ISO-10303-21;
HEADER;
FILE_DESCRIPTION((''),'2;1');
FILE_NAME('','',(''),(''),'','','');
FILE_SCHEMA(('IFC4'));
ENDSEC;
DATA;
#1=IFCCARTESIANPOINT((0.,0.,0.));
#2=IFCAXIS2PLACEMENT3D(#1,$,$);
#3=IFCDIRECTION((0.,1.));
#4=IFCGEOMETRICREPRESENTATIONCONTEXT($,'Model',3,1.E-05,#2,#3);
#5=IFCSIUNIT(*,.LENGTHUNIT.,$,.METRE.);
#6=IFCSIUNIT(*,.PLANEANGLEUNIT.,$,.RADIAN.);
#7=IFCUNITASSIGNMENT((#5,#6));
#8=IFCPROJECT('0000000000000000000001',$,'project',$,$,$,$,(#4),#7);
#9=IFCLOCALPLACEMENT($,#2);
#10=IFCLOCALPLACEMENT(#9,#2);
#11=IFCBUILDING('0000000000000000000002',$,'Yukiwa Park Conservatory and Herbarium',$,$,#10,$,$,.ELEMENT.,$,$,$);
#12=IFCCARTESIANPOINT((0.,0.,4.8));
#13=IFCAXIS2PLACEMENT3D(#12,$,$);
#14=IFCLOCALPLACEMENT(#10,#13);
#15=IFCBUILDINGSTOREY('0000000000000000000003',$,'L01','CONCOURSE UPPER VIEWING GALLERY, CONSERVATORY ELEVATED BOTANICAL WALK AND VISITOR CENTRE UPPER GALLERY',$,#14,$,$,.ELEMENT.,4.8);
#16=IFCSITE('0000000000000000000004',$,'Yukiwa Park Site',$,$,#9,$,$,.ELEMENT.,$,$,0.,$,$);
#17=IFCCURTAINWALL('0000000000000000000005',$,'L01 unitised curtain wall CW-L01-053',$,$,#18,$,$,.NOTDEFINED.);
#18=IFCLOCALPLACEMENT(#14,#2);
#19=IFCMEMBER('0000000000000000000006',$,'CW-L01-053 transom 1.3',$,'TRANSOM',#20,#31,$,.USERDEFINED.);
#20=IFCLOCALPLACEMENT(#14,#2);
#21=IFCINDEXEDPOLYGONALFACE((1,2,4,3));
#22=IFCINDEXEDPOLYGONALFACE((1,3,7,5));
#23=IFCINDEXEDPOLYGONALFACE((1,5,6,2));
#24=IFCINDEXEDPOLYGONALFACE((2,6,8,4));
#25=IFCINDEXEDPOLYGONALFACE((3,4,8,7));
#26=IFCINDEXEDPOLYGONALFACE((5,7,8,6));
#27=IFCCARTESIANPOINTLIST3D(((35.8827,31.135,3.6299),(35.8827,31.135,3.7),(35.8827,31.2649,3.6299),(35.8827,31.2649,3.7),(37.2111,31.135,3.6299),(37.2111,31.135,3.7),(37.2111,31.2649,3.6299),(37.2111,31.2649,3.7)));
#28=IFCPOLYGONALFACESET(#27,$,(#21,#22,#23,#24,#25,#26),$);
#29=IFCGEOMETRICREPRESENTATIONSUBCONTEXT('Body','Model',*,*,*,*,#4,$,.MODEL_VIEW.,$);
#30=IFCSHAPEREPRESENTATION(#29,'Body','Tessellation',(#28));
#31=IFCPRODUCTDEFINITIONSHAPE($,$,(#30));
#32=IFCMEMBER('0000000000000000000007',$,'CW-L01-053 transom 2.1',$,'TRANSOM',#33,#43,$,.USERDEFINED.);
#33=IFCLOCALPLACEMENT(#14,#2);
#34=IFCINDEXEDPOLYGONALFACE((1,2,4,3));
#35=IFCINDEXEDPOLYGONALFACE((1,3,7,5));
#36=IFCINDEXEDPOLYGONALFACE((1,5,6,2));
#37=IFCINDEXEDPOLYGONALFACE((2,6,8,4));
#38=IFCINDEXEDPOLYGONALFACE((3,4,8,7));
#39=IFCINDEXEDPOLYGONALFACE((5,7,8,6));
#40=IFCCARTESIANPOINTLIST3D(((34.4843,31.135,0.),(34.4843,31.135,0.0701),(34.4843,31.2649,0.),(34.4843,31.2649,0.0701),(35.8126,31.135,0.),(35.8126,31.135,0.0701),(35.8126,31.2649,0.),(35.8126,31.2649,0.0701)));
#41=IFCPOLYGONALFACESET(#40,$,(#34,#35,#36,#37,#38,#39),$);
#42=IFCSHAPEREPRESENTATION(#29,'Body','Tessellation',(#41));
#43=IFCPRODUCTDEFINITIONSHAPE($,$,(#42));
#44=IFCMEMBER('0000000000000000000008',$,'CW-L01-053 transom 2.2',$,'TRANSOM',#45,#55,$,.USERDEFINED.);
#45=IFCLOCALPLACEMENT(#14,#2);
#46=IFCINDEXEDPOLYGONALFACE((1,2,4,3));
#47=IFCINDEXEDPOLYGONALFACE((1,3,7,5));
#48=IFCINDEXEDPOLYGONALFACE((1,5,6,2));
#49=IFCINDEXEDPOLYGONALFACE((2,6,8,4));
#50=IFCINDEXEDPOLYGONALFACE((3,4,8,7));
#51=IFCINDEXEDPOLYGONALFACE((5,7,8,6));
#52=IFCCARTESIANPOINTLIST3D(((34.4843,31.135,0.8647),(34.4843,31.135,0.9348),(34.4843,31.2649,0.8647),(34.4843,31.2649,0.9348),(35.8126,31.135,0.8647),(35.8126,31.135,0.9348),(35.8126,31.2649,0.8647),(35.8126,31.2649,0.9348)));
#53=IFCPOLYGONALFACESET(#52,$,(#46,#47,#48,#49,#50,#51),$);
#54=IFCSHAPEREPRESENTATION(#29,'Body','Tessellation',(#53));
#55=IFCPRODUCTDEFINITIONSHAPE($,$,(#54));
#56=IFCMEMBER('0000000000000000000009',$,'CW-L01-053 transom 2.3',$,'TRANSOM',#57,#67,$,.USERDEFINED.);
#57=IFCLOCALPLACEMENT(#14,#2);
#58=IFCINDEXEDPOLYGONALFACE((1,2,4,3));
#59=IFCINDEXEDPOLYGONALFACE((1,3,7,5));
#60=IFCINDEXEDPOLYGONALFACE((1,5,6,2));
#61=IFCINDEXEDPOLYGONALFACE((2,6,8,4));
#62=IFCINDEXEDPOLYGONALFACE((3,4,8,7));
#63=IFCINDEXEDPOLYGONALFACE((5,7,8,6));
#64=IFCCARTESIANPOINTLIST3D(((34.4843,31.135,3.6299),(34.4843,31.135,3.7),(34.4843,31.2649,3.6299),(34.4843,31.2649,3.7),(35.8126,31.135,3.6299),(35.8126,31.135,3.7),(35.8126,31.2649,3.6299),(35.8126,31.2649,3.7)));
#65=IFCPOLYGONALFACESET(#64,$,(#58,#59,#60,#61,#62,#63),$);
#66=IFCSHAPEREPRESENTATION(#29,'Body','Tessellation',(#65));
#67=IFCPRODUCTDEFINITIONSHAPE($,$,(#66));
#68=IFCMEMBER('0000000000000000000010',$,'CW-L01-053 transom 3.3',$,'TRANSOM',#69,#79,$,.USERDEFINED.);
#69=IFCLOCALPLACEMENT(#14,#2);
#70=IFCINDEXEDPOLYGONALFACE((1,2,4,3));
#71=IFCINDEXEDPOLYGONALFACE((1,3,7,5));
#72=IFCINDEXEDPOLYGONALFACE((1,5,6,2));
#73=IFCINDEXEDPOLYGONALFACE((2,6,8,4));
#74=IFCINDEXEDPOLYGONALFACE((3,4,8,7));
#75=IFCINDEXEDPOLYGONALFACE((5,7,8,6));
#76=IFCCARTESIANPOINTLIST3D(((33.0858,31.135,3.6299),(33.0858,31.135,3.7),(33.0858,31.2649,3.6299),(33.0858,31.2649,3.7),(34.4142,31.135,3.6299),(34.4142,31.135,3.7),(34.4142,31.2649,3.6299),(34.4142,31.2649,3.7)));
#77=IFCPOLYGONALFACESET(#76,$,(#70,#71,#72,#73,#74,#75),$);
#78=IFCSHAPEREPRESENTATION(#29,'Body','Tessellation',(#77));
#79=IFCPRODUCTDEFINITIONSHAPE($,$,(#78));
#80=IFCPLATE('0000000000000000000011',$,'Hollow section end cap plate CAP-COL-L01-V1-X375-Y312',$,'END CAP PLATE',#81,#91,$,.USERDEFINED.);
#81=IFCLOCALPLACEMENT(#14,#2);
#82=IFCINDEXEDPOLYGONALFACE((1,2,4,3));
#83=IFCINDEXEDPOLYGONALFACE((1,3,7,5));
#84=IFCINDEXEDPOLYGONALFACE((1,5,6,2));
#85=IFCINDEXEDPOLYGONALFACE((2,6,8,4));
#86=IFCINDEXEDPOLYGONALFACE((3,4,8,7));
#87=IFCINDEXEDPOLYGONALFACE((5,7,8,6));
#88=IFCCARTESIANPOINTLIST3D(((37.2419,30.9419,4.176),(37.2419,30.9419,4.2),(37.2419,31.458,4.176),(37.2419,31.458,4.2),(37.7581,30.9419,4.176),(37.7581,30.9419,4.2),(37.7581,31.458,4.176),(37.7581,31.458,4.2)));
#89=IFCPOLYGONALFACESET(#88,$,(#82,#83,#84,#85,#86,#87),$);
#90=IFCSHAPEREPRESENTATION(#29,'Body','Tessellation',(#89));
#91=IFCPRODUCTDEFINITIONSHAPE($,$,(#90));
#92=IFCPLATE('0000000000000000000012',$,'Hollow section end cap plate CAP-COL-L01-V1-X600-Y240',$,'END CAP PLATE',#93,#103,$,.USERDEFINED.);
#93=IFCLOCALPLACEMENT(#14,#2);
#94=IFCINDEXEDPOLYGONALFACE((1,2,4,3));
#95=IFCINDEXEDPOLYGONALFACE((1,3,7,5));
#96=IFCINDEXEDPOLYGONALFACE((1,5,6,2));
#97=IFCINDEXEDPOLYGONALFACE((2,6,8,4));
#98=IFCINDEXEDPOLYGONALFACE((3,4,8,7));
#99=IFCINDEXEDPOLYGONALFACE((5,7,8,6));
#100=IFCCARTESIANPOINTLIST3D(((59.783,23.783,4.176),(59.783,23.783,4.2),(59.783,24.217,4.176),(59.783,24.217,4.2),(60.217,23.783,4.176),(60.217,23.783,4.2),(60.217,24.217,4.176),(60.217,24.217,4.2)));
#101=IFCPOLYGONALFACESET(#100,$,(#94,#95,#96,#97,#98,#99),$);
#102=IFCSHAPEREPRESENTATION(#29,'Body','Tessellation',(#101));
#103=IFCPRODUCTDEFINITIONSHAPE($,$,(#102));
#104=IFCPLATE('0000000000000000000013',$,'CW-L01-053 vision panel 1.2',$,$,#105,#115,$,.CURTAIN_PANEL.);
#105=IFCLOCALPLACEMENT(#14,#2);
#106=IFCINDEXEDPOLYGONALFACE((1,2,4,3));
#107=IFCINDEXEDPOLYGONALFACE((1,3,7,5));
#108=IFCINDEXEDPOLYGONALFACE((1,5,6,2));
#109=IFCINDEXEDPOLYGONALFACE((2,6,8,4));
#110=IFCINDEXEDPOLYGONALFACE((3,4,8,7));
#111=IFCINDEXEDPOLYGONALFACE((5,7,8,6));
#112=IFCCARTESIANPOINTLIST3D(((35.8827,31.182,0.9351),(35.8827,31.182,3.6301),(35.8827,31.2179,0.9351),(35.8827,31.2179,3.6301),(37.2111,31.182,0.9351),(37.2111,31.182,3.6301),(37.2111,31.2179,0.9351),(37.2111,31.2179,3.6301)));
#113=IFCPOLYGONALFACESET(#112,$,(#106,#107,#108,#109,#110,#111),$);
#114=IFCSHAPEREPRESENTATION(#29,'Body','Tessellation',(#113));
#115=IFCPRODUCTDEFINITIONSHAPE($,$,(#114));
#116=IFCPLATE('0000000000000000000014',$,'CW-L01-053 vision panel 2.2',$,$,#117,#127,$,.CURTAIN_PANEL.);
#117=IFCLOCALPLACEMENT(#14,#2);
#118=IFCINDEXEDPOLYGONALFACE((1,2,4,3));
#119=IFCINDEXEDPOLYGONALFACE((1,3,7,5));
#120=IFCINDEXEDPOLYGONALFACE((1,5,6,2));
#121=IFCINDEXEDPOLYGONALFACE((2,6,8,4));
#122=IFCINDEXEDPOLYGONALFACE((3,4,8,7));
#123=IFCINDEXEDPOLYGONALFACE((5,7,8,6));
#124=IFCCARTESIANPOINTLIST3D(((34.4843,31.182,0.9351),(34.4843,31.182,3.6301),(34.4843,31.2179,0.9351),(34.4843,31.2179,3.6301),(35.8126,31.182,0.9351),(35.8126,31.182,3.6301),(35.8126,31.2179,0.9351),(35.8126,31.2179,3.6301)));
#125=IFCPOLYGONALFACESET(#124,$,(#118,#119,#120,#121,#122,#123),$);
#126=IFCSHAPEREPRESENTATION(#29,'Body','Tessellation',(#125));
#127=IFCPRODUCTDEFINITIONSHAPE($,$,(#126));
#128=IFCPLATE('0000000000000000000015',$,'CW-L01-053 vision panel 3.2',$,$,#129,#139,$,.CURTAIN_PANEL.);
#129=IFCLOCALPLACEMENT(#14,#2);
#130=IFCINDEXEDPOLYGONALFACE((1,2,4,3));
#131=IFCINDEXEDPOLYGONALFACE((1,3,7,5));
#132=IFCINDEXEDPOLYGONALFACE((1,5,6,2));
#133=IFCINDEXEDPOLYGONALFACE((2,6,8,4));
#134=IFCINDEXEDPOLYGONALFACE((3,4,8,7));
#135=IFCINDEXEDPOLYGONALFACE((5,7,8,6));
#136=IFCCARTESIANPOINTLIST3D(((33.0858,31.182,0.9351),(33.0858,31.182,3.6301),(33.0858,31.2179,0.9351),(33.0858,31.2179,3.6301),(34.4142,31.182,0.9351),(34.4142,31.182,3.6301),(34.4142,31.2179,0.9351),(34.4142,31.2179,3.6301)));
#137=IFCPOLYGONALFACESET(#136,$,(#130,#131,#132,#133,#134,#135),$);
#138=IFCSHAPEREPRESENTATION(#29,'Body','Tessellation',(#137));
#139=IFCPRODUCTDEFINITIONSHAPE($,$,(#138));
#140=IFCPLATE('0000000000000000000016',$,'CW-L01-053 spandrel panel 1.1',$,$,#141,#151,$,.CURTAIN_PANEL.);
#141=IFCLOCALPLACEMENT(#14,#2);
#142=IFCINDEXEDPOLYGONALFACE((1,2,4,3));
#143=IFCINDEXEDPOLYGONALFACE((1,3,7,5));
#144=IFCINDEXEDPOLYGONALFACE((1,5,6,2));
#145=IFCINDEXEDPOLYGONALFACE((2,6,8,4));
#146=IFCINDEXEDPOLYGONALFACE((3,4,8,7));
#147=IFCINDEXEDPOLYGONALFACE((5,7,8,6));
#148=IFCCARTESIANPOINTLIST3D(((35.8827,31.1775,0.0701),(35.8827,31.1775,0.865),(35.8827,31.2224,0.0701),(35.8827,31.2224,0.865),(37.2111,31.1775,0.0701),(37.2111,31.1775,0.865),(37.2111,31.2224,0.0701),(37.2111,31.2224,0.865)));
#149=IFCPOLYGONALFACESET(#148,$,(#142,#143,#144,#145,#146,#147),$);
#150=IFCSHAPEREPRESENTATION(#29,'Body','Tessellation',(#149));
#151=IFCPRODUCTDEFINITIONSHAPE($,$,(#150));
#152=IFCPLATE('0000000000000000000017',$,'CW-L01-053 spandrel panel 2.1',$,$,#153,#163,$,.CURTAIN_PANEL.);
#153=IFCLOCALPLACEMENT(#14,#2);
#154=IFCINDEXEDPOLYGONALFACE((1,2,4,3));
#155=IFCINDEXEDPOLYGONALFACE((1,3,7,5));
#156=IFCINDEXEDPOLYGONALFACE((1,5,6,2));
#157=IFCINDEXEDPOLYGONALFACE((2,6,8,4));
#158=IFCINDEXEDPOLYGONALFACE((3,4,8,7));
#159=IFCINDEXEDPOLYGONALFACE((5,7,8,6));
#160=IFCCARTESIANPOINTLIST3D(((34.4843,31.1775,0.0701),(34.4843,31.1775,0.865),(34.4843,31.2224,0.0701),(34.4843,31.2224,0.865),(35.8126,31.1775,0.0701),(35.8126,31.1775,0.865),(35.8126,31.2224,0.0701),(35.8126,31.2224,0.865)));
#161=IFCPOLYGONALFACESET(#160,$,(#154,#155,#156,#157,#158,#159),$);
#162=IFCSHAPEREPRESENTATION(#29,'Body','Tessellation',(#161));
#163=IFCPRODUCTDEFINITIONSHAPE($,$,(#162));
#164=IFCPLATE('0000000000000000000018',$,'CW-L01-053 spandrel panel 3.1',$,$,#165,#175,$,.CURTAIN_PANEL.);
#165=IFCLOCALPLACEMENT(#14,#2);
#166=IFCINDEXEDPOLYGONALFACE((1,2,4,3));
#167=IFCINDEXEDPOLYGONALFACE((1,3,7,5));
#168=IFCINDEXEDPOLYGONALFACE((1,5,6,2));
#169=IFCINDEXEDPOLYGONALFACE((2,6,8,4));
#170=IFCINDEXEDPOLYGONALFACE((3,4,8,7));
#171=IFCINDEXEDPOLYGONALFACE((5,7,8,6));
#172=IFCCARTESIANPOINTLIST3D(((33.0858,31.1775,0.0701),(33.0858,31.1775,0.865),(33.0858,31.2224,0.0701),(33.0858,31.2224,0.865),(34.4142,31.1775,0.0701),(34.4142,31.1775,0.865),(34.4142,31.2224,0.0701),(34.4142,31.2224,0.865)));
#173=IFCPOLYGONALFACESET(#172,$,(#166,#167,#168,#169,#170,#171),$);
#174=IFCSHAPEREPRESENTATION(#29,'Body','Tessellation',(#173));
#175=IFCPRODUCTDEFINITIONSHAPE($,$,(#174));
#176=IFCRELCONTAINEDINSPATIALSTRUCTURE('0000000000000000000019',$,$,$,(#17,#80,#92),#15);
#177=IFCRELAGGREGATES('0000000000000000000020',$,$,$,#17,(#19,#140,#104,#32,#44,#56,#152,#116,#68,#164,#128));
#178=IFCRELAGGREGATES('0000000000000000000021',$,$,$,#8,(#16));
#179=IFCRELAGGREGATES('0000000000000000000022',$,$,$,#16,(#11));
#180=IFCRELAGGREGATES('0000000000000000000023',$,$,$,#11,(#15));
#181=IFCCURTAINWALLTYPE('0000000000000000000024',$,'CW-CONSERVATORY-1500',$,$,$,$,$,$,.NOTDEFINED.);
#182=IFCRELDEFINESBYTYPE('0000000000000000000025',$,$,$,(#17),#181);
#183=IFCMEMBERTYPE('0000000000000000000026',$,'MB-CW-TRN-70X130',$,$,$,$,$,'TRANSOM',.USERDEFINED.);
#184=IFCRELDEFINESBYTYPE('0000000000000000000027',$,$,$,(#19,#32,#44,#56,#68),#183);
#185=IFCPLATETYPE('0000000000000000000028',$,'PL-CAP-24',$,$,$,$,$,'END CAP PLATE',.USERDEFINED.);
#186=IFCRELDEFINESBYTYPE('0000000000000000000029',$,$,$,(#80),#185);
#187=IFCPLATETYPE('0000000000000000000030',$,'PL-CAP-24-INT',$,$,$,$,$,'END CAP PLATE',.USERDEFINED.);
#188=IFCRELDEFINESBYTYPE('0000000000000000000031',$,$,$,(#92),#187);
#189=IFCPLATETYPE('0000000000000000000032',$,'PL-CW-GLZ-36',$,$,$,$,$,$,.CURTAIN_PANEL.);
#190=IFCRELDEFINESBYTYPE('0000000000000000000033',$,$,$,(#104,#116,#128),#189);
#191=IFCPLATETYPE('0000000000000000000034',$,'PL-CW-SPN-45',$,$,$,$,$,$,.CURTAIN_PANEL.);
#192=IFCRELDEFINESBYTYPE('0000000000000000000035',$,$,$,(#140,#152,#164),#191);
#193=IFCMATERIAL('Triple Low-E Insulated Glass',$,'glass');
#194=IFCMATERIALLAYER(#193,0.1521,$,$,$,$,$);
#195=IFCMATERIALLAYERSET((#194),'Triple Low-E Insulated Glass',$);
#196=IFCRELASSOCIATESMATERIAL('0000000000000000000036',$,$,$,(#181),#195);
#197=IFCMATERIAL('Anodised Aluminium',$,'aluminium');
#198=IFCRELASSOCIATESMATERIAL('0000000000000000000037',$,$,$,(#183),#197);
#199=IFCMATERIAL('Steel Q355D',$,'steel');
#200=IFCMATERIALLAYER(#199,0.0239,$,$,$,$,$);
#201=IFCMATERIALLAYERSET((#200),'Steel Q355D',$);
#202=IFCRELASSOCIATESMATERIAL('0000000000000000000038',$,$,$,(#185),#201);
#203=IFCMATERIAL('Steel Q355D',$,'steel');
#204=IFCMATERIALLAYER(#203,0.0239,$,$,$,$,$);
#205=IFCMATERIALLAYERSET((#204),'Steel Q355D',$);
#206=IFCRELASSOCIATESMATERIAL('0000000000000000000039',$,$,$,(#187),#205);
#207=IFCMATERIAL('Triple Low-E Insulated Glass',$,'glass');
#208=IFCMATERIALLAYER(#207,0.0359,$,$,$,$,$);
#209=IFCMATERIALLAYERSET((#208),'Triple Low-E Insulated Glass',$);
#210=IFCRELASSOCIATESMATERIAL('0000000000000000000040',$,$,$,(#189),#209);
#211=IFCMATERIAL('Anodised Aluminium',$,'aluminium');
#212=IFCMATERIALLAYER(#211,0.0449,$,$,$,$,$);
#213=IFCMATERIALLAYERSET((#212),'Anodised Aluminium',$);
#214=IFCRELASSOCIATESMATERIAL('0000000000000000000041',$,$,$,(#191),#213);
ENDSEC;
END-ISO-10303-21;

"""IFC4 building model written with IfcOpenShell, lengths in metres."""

from ifc_helpers import new_model, si_unit, direction, frame, origin, origin_2d, place, context, subcontext, project, spatial, rectangle, extrude, material, layer, layer_set, type_object, element, aggregate, save


model = new_model("IFC4")

# Units and contexts
model_context = context("Model", 3, precision=1e-05, world=origin(), true_north=direction((0.0, 1.0)))
body_context = subcontext(model_context, "Body", "Model", "MODEL_VIEW")
ifc_project = project(units=[si_unit("LENGTHUNIT", "METRE"), si_unit("PLANEANGLEUNIT", "RADIAN")], contexts=[model_context])

# Site, building, storey
site_placement = place(None, origin())
site = spatial("IfcSite", under=ifc_project, at=site_placement, Name="Yukiwa Park Site", CompositionType="ELEMENT", RefElevation=0.0)
building_placement = place(site_placement, origin())
building = spatial("IfcBuilding", under=site, at=building_placement, Name="Yukiwa Park Conservatory and Herbarium", CompositionType="ELEMENT")
storey_placement = place(building_placement, frame((0.0, 0.0, 4.8)))
storey = spatial("IfcBuildingStorey", under=building, at=storey_placement, Name="L01", Description="CONCOURSE UPPER VIEWING GALLERY, CONSERVATORY ELEVATED BOTANICAL WALK AND VISITOR CENTRE UPPER GALLERY", CompositionType="ELEMENT", Elevation=4.8)

# Shared definitions
ifc_material_1 = material(Name="Triple Low-E Insulated Glass", Category="glass")
ifc_layer_1 = layer(ifc_material_1, 0.1521)
ifc_layer_set_1 = layer_set([ifc_layer_1], Name="Triple Low-E Insulated Glass")
curtain_wall_type = type_object("IfcCurtainWallType", Name="CW-CONSERVATORY-1500", PredefinedType="NOTDEFINED", material=ifc_layer_set_1)

# Curtain wall
curtain_wall_1_placement = place(storey_placement, origin())
curtain_wall_1 = element("IfcCurtainWall", 1, at=curtain_wall_1_placement, inside=storey, type_object=curtain_wall_type, Name="L01 unitised curtain wall CW-L01-053", PredefinedType="NOTDEFINED")

# Members
ifc_material_2 = material(Name="Anodised Aluminium", Category="aluminium")
member_type_1 = type_object("IfcMemberType", Name="MB-CW-TRN-70X130", ElementType="TRANSOM", PredefinedType="USERDEFINED", material=ifc_material_2)
member_1_placement = place(storey_placement, frame((36.5469, 31.2, 3.6299), z_axis=(0.0, 0.0, 1.0), x_axis=(-1.0, 0.0, 0.0)))
member_1 = element("IfcMember", 2, at=member_1_placement, type_object=member_type_1, Name="CW-L01-053 transom 1.3", ObjectType="TRANSOM", PredefinedType="USERDEFINED", context=body_context, shape_type="SweptSolid", body=[
    extrude(rectangle(XDim=1.3284, YDim=0.1299, at=origin_2d()), origin(), (0.0, 0.0, 1.0), 0.0701),
])
member_2_placement = place(storey_placement, frame((35.1484, 31.2, 0.0), z_axis=(0.0, 0.0, 1.0), x_axis=(-1.0, 0.0, 0.0)))
member_2 = element("IfcMember", 3, at=member_2_placement, type_object=member_type_1, Name="CW-L01-053 transom 2.1", ObjectType="TRANSOM", PredefinedType="USERDEFINED", context=body_context, shape_type="SweptSolid", body=[
    extrude(rectangle(XDim=1.3284, YDim=0.1299, at=origin_2d()), origin(), (0.0, 0.0, 1.0), 0.0701),
])
member_3_placement = place(storey_placement, frame((35.1484, 31.2, 0.8647), z_axis=(0.0, 0.0, 1.0), x_axis=(-1.0, 0.0, 0.0)))
member_3 = element("IfcMember", 4, at=member_3_placement, type_object=member_type_1, Name="CW-L01-053 transom 2.2", ObjectType="TRANSOM", PredefinedType="USERDEFINED", context=body_context, shape_type="SweptSolid", body=[
    extrude(rectangle(XDim=1.3284, YDim=0.1299, at=origin_2d()), origin(), (0.0, 0.0, 1.0), 0.0701),
])
member_4_placement = place(storey_placement, frame((35.1484, 31.2, 3.6299), z_axis=(0.0, 0.0, 1.0), x_axis=(-1.0, 0.0, 0.0)))
member_4 = element("IfcMember", 5, at=member_4_placement, type_object=member_type_1, Name="CW-L01-053 transom 2.3", ObjectType="TRANSOM", PredefinedType="USERDEFINED", context=body_context, shape_type="SweptSolid", body=[
    extrude(rectangle(XDim=1.3284, YDim=0.1299, at=origin_2d()), origin(), (0.0, 0.0, 1.0), 0.0701),
])
member_5_placement = place(storey_placement, frame((33.75, 31.2, 3.6299), z_axis=(0.0, 0.0, 1.0), x_axis=(-1.0, 0.0, 0.0)))
member_5 = element("IfcMember", 6, at=member_5_placement, type_object=member_type_1, Name="CW-L01-053 transom 3.3", ObjectType="TRANSOM", PredefinedType="USERDEFINED", context=body_context, shape_type="SweptSolid", body=[
    extrude(rectangle(XDim=1.3284, YDim=0.1299, at=origin_2d()), origin(), (0.0, 0.0, 1.0), 0.0701),
])

# Plates
ifc_material_3 = material(Name="Steel Q355D", Category="steel")
ifc_layer_2 = layer(ifc_material_3, 0.0239)
ifc_layer_set_2 = layer_set([ifc_layer_2], Name="Steel Q355D")
plate_type_1 = type_object("IfcPlateType", Name="PL-CAP-24", ElementType="END CAP PLATE", PredefinedType="USERDEFINED", material=ifc_layer_set_2)
plate_1_placement = place(storey_placement, frame((37.5, 31.2, 4.176), z_axis=(0.0, 0.0, 1.0), x_axis=(1.0, 0.0, 0.0)))
element("IfcPlate", 7, at=plate_1_placement, inside=storey, type_object=plate_type_1, Name="Hollow section end cap plate CAP-COL-L01-V1-X375-Y312", ObjectType="END CAP PLATE", PredefinedType="USERDEFINED", context=body_context, shape_type="SweptSolid", body=[
    extrude(rectangle(XDim=0.5161, YDim=0.5161, at=origin_2d()), origin(), (0.0, 0.0, 1.0), 0.0239),
])
ifc_material_4 = material(Name="Steel Q355D", Category="steel")
ifc_layer_3 = layer(ifc_material_4, 0.0239)
ifc_layer_set_3 = layer_set([ifc_layer_3], Name="Steel Q355D")
plate_type_2 = type_object("IfcPlateType", Name="PL-CAP-24-INT", ElementType="END CAP PLATE", PredefinedType="USERDEFINED", material=ifc_layer_set_3)
plate_2_placement = place(storey_placement, frame((60.0, 24.0, 4.176), z_axis=(0.0, 0.0, 1.0), x_axis=(1.0, 0.0, 0.0)))
element("IfcPlate", 8, at=plate_2_placement, inside=storey, type_object=plate_type_2, Name="Hollow section end cap plate CAP-COL-L01-V1-X600-Y240", ObjectType="END CAP PLATE", PredefinedType="USERDEFINED", context=body_context, shape_type="SweptSolid", body=[
    extrude(rectangle(XDim=0.4341, YDim=0.4341, at=origin_2d()), origin(), (0.0, 0.0, 1.0), 0.0239),
])

# Plates
ifc_material_5 = material(Name="Triple Low-E Insulated Glass", Category="glass")
ifc_layer_4 = layer(ifc_material_5, 0.0359)
ifc_layer_set_4 = layer_set([ifc_layer_4], Name="Triple Low-E Insulated Glass")
plate_type_3 = type_object("IfcPlateType", Name="PL-CW-GLZ-36", PredefinedType="CURTAIN_PANEL", material=ifc_layer_set_4)
plate_3_placement = place(storey_placement, frame((36.5469, 31.2, 0.9351), z_axis=(0.0, 0.0, 1.0), x_axis=(-1.0, 0.0, 0.0)))
plate_3 = element("IfcPlate", 9, at=plate_3_placement, type_object=plate_type_3, Name="CW-L01-053 vision panel 1.2", PredefinedType="CURTAIN_PANEL", context=body_context, shape_type="SweptSolid", body=[
    extrude(rectangle(XDim=1.3284, YDim=0.0359, at=origin_2d()), origin(), (0.0, 0.0, 1.0), 2.6951),
])
plate_4_placement = place(storey_placement, frame((35.1484, 31.2, 0.9351), z_axis=(0.0, 0.0, 1.0), x_axis=(-1.0, 0.0, 0.0)))
plate_4 = element("IfcPlate", 10, at=plate_4_placement, type_object=plate_type_3, Name="CW-L01-053 vision panel 2.2", PredefinedType="CURTAIN_PANEL", context=body_context, shape_type="SweptSolid", body=[
    extrude(rectangle(XDim=1.3284, YDim=0.0359, at=origin_2d()), origin(), (0.0, 0.0, 1.0), 2.6951),
])
plate_5_placement = place(storey_placement, frame((33.75, 31.2, 0.9351), z_axis=(0.0, 0.0, 1.0), x_axis=(-1.0, 0.0, 0.0)))
plate_5 = element("IfcPlate", 11, at=plate_5_placement, type_object=plate_type_3, Name="CW-L01-053 vision panel 3.2", PredefinedType="CURTAIN_PANEL", context=body_context, shape_type="SweptSolid", body=[
    extrude(rectangle(XDim=1.3284, YDim=0.0359, at=origin_2d()), origin(), (0.0, 0.0, 1.0), 2.6951),
])
ifc_material_6 = material(Name="Anodised Aluminium", Category="aluminium")
ifc_layer_5 = layer(ifc_material_6, 0.0449)
ifc_layer_set_5 = layer_set([ifc_layer_5], Name="Anodised Aluminium")
plate_type_4 = type_object("IfcPlateType", Name="PL-CW-SPN-45", PredefinedType="CURTAIN_PANEL", material=ifc_layer_set_5)
plate_6_placement = place(storey_placement, frame((36.5469, 31.2, 0.0701), z_axis=(0.0, 0.0, 1.0), x_axis=(-1.0, 0.0, 0.0)))
plate_6 = element("IfcPlate", 12, at=plate_6_placement, type_object=plate_type_4, Name="CW-L01-053 spandrel panel 1.1", PredefinedType="CURTAIN_PANEL", context=body_context, shape_type="SweptSolid", body=[
    extrude(rectangle(XDim=1.3284, YDim=0.0449, at=origin_2d()), origin(), (0.0, 0.0, 1.0), 0.7949),
])
plate_7_placement = place(storey_placement, frame((35.1484, 31.2, 0.0701), z_axis=(0.0, 0.0, 1.0), x_axis=(-1.0, 0.0, 0.0)))
plate_7 = element("IfcPlate", 13, at=plate_7_placement, type_object=plate_type_4, Name="CW-L01-053 spandrel panel 2.1", PredefinedType="CURTAIN_PANEL", context=body_context, shape_type="SweptSolid", body=[
    extrude(rectangle(XDim=1.3284, YDim=0.0449, at=origin_2d()), origin(), (0.0, 0.0, 1.0), 0.7949),
])
plate_8_placement = place(storey_placement, frame((33.75, 31.2, 0.0701), z_axis=(0.0, 0.0, 1.0), x_axis=(-1.0, 0.0, 0.0)))
plate_8 = element("IfcPlate", 14, at=plate_8_placement, type_object=plate_type_4, Name="CW-L01-053 spandrel panel 3.1", PredefinedType="CURTAIN_PANEL", context=body_context, shape_type="SweptSolid", body=[
    extrude(rectangle(XDim=1.3284, YDim=0.0449, at=origin_2d()), origin(), (0.0, 0.0, 1.0), 0.7949),
])
aggregate(curtain_wall_1, [member_1, plate_6, plate_3, member_2, member_3, member_4, plate_7, plate_4, member_5, plate_8, plate_5])

save(model, "model.ifc")
